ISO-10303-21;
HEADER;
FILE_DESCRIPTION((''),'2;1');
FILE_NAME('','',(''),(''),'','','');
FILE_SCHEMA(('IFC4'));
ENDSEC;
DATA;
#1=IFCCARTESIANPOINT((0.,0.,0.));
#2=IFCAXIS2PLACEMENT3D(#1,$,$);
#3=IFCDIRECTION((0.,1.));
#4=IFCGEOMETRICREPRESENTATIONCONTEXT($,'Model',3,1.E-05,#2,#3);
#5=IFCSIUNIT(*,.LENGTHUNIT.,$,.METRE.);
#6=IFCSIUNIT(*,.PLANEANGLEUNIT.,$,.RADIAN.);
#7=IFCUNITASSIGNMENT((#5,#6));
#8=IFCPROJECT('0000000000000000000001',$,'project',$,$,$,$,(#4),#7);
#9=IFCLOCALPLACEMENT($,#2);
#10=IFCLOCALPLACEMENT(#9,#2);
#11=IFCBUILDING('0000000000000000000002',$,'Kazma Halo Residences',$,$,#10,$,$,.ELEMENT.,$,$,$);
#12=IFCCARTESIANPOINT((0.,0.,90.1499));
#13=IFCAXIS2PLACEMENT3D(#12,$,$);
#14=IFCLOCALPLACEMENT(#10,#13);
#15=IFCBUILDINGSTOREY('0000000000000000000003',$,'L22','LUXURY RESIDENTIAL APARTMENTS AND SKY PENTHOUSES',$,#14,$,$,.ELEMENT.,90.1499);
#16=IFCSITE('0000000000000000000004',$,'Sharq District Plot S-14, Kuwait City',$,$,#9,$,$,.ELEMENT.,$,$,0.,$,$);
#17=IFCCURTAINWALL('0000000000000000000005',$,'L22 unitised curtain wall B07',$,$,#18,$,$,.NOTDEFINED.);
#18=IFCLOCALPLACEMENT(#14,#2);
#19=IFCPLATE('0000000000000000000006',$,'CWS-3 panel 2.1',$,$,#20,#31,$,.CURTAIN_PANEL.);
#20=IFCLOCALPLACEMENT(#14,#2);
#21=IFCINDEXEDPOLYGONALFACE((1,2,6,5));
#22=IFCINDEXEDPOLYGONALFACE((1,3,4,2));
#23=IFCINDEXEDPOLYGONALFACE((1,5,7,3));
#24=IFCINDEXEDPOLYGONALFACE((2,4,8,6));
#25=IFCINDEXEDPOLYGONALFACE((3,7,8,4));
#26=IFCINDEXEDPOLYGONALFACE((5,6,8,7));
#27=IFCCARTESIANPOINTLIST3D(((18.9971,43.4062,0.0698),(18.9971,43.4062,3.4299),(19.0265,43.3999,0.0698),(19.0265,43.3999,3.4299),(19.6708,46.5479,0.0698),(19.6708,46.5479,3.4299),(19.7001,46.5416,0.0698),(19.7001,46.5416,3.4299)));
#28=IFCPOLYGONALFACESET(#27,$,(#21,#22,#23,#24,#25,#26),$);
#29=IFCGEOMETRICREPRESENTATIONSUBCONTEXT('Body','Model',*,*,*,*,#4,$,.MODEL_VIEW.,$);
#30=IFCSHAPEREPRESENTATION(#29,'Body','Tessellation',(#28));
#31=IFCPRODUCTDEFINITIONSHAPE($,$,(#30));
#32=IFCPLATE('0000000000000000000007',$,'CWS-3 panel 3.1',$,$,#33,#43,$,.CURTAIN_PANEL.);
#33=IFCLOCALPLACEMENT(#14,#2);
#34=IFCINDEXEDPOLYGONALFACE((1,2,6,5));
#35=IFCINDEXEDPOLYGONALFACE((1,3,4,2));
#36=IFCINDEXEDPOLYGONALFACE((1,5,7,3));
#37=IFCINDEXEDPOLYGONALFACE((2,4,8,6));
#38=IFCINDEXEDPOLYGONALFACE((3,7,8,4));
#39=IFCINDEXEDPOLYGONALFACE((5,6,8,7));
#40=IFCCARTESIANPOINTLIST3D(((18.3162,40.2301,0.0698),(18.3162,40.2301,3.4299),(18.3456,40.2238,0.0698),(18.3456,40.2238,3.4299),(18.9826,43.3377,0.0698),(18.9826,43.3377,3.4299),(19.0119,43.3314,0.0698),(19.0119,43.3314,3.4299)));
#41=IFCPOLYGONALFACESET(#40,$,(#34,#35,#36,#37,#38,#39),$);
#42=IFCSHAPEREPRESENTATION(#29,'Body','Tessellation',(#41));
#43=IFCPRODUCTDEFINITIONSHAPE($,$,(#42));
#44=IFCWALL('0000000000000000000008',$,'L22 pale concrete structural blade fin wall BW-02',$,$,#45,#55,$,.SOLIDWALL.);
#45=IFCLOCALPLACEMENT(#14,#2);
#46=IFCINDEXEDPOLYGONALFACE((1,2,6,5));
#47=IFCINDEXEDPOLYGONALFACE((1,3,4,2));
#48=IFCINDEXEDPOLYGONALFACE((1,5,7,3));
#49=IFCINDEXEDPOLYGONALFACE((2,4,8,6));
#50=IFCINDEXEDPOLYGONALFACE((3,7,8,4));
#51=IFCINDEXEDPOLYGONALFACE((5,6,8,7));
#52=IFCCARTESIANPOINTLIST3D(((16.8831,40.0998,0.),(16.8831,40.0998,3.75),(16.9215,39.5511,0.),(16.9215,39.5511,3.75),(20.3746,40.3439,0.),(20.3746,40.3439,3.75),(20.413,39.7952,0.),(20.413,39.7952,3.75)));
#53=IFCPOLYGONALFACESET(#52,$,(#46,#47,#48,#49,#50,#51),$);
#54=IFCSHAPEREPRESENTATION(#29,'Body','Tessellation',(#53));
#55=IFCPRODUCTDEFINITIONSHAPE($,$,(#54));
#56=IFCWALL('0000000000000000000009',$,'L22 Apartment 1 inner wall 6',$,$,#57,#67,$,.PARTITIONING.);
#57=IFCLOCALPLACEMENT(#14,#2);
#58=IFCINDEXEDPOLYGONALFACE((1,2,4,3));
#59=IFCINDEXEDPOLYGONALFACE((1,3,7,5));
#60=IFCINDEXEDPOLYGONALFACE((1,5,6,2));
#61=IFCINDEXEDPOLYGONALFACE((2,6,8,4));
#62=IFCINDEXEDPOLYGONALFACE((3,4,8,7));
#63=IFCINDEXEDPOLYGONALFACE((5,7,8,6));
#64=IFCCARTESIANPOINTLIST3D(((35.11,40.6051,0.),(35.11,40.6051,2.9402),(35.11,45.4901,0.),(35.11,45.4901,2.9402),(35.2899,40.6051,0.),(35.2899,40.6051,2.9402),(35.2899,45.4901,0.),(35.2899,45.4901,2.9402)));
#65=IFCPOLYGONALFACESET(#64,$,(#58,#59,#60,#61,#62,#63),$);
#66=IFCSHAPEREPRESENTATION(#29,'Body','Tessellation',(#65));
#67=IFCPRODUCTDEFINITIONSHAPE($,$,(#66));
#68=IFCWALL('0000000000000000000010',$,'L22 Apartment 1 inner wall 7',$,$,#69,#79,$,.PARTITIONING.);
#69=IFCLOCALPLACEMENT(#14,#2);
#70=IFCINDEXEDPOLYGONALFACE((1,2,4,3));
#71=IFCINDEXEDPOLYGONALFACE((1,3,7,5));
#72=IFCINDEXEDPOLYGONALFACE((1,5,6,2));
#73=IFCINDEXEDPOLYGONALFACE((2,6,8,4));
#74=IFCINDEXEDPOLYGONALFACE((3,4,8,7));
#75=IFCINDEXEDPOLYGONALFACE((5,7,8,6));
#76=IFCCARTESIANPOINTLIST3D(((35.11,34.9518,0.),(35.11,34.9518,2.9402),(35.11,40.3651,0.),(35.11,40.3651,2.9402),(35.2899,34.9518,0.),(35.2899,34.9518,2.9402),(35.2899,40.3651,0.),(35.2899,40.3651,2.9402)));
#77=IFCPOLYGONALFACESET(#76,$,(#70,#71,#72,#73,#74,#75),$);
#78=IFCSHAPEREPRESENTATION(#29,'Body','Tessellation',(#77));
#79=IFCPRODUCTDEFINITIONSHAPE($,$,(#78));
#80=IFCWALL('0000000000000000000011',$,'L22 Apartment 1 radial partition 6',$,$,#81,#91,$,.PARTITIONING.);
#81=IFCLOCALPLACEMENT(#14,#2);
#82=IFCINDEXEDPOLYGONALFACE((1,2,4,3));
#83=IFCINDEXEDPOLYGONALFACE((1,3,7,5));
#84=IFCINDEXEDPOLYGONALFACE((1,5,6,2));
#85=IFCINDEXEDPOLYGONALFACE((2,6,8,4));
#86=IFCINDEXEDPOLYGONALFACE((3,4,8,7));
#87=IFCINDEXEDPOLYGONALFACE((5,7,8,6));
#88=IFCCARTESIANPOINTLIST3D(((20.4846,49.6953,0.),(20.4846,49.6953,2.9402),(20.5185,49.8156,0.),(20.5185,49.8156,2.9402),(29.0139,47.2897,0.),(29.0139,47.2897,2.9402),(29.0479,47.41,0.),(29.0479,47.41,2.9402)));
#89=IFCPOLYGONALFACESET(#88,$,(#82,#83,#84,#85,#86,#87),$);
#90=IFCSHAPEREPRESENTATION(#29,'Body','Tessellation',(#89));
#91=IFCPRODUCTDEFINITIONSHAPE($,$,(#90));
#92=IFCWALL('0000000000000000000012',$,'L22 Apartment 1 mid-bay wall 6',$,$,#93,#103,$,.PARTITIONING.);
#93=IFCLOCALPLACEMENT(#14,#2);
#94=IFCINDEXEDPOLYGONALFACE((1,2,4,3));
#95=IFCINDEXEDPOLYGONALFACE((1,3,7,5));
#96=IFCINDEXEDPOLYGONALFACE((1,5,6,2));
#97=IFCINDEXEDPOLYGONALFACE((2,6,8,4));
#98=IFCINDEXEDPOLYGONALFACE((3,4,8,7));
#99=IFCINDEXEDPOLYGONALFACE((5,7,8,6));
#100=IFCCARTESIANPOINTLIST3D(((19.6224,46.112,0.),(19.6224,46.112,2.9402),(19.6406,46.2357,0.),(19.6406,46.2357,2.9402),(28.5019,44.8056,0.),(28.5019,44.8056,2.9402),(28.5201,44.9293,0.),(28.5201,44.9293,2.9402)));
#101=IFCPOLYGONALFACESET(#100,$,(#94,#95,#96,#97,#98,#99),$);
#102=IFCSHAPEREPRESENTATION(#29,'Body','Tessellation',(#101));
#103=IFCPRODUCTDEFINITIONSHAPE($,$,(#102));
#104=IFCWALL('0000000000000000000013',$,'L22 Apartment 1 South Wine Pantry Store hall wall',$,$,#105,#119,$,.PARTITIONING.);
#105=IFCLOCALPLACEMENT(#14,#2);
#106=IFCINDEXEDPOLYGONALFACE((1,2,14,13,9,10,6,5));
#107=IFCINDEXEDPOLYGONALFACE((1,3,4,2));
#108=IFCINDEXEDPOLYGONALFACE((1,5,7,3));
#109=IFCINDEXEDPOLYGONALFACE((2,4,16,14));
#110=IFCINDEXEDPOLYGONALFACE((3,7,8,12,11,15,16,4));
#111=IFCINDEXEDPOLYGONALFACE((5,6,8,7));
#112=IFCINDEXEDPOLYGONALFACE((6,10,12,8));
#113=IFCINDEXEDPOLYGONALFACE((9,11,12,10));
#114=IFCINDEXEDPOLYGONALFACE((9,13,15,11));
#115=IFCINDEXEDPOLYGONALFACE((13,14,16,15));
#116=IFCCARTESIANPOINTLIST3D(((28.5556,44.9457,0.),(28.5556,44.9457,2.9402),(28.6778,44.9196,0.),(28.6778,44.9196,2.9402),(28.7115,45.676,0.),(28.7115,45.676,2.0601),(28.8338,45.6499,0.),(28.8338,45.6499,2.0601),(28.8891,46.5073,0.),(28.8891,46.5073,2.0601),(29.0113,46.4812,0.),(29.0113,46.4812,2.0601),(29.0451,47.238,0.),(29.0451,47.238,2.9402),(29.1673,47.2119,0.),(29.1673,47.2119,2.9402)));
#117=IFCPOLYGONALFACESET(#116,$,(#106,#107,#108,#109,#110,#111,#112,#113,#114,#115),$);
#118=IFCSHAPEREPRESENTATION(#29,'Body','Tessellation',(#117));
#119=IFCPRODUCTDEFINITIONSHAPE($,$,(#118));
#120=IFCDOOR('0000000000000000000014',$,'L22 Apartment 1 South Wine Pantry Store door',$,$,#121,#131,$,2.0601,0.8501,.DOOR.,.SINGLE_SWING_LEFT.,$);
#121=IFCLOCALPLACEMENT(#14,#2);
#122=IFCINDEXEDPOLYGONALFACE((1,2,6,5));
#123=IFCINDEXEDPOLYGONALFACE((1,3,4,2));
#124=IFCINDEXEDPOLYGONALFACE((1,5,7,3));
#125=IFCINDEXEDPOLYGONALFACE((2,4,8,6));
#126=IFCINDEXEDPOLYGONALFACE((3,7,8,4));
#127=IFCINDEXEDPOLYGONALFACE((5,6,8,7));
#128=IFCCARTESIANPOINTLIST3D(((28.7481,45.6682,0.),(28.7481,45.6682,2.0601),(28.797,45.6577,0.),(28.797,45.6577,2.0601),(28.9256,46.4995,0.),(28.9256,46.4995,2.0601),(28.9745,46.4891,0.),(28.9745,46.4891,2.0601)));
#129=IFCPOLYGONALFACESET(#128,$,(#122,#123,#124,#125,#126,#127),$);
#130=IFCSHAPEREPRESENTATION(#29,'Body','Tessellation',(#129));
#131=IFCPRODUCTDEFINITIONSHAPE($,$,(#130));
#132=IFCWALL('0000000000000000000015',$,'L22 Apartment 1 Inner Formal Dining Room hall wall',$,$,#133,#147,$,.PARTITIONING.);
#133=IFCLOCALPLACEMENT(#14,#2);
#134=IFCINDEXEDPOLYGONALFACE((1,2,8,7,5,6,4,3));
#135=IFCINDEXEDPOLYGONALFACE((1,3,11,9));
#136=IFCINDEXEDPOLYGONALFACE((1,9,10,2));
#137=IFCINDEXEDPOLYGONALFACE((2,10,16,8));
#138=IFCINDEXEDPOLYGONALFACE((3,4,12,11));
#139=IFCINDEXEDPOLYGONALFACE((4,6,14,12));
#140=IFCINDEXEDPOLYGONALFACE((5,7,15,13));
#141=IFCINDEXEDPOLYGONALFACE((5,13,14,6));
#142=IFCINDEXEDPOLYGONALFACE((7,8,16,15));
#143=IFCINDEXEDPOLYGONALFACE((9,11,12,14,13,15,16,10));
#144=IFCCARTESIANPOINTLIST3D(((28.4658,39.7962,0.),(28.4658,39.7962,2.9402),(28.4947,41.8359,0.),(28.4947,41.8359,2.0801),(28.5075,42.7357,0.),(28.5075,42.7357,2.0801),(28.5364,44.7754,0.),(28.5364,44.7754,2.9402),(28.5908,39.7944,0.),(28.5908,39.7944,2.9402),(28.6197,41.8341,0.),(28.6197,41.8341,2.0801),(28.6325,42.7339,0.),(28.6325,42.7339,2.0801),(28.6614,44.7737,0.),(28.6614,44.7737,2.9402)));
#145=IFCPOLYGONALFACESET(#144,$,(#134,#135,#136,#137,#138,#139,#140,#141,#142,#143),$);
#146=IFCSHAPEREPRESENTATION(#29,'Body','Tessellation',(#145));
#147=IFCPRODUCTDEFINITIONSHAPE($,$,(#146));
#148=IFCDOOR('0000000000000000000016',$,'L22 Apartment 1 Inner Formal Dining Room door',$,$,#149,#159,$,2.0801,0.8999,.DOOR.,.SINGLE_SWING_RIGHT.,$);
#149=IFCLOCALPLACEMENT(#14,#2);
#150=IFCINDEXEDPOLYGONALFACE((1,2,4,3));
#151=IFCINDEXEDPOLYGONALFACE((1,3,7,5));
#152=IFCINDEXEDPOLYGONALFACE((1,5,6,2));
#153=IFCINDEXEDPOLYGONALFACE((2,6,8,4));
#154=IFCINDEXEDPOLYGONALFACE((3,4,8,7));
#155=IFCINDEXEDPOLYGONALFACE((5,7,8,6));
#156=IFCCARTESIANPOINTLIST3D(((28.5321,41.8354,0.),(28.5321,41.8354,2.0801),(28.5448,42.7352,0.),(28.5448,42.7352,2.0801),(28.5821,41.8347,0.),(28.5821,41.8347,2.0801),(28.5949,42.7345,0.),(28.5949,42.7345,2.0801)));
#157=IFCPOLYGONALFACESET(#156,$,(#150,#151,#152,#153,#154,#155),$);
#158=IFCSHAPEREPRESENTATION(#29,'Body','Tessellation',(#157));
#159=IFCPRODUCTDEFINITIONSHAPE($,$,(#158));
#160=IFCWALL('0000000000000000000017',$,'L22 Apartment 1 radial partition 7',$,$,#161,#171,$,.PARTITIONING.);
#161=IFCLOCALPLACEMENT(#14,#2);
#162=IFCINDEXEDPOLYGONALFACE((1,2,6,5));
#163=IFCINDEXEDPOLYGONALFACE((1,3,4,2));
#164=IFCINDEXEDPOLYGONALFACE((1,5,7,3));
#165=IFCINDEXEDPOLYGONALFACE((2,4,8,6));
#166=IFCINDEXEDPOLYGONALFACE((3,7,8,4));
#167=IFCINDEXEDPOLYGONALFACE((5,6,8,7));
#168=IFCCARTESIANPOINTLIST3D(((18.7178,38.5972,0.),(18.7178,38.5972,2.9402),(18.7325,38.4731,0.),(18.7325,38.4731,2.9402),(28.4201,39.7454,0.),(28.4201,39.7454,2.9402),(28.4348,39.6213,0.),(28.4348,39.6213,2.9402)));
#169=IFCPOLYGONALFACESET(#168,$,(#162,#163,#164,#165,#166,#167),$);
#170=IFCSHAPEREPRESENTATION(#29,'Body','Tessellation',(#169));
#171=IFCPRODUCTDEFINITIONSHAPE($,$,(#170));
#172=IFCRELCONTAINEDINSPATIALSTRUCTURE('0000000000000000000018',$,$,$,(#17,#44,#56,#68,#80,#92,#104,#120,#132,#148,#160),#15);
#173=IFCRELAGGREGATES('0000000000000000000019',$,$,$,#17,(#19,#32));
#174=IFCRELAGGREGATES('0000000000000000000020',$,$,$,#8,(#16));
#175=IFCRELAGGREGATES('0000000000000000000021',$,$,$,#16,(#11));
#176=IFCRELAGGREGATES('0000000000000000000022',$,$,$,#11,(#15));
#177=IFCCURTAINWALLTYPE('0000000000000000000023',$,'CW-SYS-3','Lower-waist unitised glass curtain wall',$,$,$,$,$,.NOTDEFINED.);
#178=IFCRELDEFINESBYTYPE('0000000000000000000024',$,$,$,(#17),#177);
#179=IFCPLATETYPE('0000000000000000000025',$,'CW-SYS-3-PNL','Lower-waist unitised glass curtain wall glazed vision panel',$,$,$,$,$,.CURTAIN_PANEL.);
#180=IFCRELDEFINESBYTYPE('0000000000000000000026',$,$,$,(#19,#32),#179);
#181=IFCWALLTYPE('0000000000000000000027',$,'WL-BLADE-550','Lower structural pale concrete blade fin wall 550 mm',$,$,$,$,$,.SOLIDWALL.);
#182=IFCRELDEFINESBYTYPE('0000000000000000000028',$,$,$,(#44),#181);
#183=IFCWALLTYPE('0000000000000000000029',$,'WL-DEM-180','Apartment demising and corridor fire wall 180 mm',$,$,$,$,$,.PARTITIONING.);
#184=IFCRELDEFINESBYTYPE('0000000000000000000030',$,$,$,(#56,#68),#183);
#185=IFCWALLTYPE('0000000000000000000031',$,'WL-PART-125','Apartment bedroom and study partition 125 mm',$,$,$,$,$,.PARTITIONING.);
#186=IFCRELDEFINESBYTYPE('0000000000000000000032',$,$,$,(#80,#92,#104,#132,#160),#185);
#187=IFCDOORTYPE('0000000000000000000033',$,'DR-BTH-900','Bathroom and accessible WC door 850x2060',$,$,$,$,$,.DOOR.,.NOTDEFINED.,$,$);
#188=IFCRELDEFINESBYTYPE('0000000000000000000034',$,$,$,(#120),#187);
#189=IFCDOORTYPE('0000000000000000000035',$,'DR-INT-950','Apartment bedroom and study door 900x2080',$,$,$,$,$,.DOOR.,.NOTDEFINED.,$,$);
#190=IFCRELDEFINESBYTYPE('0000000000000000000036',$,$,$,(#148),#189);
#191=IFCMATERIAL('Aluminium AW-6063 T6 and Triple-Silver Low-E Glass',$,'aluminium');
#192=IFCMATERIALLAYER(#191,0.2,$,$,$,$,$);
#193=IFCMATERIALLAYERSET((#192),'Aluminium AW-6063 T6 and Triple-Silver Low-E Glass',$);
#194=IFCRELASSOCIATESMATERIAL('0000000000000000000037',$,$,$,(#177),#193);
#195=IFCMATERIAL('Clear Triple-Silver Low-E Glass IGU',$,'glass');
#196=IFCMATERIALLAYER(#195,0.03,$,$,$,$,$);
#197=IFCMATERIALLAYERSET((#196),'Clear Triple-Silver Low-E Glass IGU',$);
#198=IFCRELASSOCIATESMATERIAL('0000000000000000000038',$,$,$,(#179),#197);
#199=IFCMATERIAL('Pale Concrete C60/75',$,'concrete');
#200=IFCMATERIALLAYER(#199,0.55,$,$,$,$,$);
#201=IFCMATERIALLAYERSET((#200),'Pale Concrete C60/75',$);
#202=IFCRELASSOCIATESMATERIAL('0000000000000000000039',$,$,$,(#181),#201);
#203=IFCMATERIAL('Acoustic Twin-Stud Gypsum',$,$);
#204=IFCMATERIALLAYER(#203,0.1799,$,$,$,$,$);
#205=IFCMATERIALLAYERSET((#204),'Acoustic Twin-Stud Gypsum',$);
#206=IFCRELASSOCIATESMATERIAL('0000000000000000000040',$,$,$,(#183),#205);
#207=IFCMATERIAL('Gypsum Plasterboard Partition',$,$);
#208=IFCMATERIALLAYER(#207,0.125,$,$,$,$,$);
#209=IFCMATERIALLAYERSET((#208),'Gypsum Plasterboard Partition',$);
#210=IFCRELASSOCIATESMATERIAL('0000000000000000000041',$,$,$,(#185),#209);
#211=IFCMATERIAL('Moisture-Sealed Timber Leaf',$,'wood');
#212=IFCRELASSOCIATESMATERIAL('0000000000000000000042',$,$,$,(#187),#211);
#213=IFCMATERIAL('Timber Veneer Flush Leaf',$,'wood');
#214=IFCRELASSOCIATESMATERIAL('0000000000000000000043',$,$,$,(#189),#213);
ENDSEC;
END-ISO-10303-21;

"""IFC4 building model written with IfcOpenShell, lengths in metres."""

from ifc_helpers import new_model, si_unit, direction, frame, frame_2d, origin, origin_2d, place, context, subcontext, project, spatial, rectangle, extrude, material, layer, layer_set, type_object, element, fill, aggregate, save


model = new_model("IFC4")

# Units and contexts
model_context = context("Model", 3, precision=1e-05, world=origin(), true_north=direction((0.0, 1.0)))
body_context = subcontext(model_context, "Body", "Model", "MODEL_VIEW")
ifc_project = project(units=[si_unit("LENGTHUNIT", "METRE"), si_unit("PLANEANGLEUNIT", "RADIAN")], contexts=[model_context])

# Site, building, storey
site_placement = place(None, origin())
site = spatial("IfcSite", under=ifc_project, at=site_placement, Name="Sharq District Plot S-14, Kuwait City", CompositionType="ELEMENT", RefElevation=0.0)
building_placement = place(site_placement, origin())
building = spatial("IfcBuilding", under=site, at=building_placement, Name="Kazma Halo Residences", CompositionType="ELEMENT")
storey_placement = place(building_placement, frame((0.0, 0.0, 90.1499)))
storey = spatial("IfcBuildingStorey", under=building, at=storey_placement, Name="L22", Description="LUXURY RESIDENTIAL APARTMENTS AND SKY PENTHOUSES", CompositionType="ELEMENT", Elevation=90.1499)

# Curtain wall
ifc_material_1 = material(Name="Aluminium AW-6063 T6 and Triple-Silver Low-E Glass", Category="aluminium")
ifc_layer_1 = layer(ifc_material_1, 0.2)
ifc_layer_set_1 = layer_set([ifc_layer_1], Name="Aluminium AW-6063 T6 and Triple-Silver Low-E Glass")
curtain_wall_type = type_object("IfcCurtainWallType", Name="CW-SYS-3", Description="Lower-waist unitised glass curtain wall", PredefinedType="NOTDEFINED", material=ifc_layer_set_1)
curtain_wall_1_placement = place(storey_placement, origin())
curtain_wall_1 = element("IfcCurtainWall", 1, at=curtain_wall_1_placement, inside=storey, type_object=curtain_wall_type, Name="L22 unitised curtain wall B07", PredefinedType="NOTDEFINED")

# Plates
ifc_material_2 = material(Name="Clear Triple-Silver Low-E Glass IGU", Category="glass")
ifc_layer_2 = layer(ifc_material_2, 0.03)
ifc_layer_set_2 = layer_set([ifc_layer_2], Name="Clear Triple-Silver Low-E Glass IGU")
plate_type = type_object("IfcPlateType", Name="CW-SYS-3-PNL", Description="Lower-waist unitised glass curtain wall glazed vision panel", PredefinedType="CURTAIN_PANEL", material=ifc_layer_set_2)
plate_1_placement = place(storey_placement, frame((19.3486, 44.9739, 0.0698), z_axis=(0.0, 0.0, 1.0), x_axis=(-0.209661, -0.977774, 0.0)))
plate_1 = element("IfcPlate", 2, at=plate_1_placement, type_object=plate_type, Name="CWS-3 panel 2.1", PredefinedType="CURTAIN_PANEL", context=body_context, shape_type="SweptSolid", body=[
    extrude(rectangle(XDim=3.2131, YDim=0.03, at=origin_2d()), origin(), (0.0, 0.0, 1.0), 3.3601),
])
plate_2_placement = place(storey_placement, frame((18.6641, 41.7808, 0.0698), z_axis=(0.0, 0.0, 1.0), x_axis=(-0.209661, -0.977774, 0.0)))
plate_2 = element("IfcPlate", 3, at=plate_2_placement, type_object=plate_type, Name="CWS-3 panel 3.1", PredefinedType="CURTAIN_PANEL", context=body_context, shape_type="SweptSolid", body=[
    extrude(rectangle(XDim=3.1782, YDim=0.03, at=origin_2d()), origin(), (0.0, 0.0, 1.0), 3.3601),
])
aggregate(curtain_wall_1, [plate_1, plate_2])

# Walls
ifc_material_3 = material(Name="Pale Concrete C60/75", Category="concrete")
ifc_layer_3 = layer(ifc_material_3, 0.55)
ifc_layer_set_3 = layer_set([ifc_layer_3], Name="Pale Concrete C60/75")
wall_type_1 = type_object("IfcWallType", Name="WL-BLADE-550", Description="Lower structural pale concrete blade fin wall 550 mm", PredefinedType="SOLIDWALL", material=ifc_layer_set_3)
wall_1_placement = place(storey_placement, frame((20.3938, 40.0696, 0.0), z_axis=(0.0, 0.0, 1.0), x_axis=(-0.997564, -0.069755, 0.0)))
element("IfcWall", 4, at=wall_1_placement, inside=storey, type_object=wall_type_1, Name="L22 pale concrete structural blade fin wall BW-02", PredefinedType="SOLIDWALL", context=body_context, shape_type="SweptSolid", body=[
    extrude(rectangle(XDim=3.5, YDim=0.55, at=frame_2d((1.75, 0.0))), origin(), (0.0, 0.0, 1.0), 3.75),
])
ifc_material_4 = material(Name="Acoustic Twin-Stud Gypsum")
ifc_layer_4 = layer(ifc_material_4, 0.1799)
ifc_layer_set_4 = layer_set([ifc_layer_4], Name="Acoustic Twin-Stud Gypsum")
wall_type_2 = type_object("IfcWallType", Name="WL-DEM-180", Description="Apartment demising and corridor fire wall 180 mm", PredefinedType="PARTITIONING", material=ifc_layer_set_4)
wall_2_placement = place(storey_placement, frame((35.2, 45.49, 0.0), z_axis=(0.0, 0.0, 1.0), x_axis=(0.0, -1.0, 0.0)))
element("IfcWall", 5, at=wall_2_placement, inside=storey, type_object=wall_type_2, Name="L22 Apartment 1 inner wall 6", PredefinedType="PARTITIONING", context=body_context, shape_type="SweptSolid", body=[
    extrude(rectangle(XDim=4.885, YDim=0.1799, at=frame_2d((2.4424, 0.0))), origin(), (0.0, 0.0, 1.0), 2.9402),
])
wall_3_placement = place(storey_placement, frame((35.2, 40.365, 0.0), z_axis=(0.0, 0.0, 1.0), x_axis=(0.0, -1.0, 0.0)))
element("IfcWall", 6, at=wall_3_placement, inside=storey, type_object=wall_type_2, Name="L22 Apartment 1 inner wall 7", PredefinedType="PARTITIONING", context=body_context, shape_type="SweptSolid", body=[
    extrude(rectangle(XDim=5.4133, YDim=0.1799, at=frame_2d((2.7065, 0.0))), origin(), (0.0, 0.0, 1.0), 2.9402),
])
ifc_material_5 = material(Name="Gypsum Plasterboard Partition")
ifc_layer_5 = layer(ifc_material_5, 0.125)
ifc_layer_set_5 = layer_set([ifc_layer_5], Name="Gypsum Plasterboard Partition")
wall_type_3 = type_object("IfcWallType", Name="WL-PART-125", Description="Apartment bedroom and study partition 125 mm", PredefinedType="PARTITIONING", material=ifc_layer_set_5)
wall_4_placement = place(storey_placement, frame((29.031, 47.3499, 0.0), z_axis=(0.0, 0.0, 1.0), x_axis=(-0.962455, 0.271441, 0.0)))
element("IfcWall", 7, at=wall_4_placement, inside=storey, type_object=wall_type_3, Name="L22 Apartment 1 radial partition 6", PredefinedType="PARTITIONING", context=body_context, shape_type="SweptSolid", body=[
    extrude(rectangle(XDim=8.8621, YDim=0.125, at=frame_2d((4.4312, 0.0))), origin(), (0.0, 0.0, 1.0), 2.9402),
])
wall_5_placement = place(storey_placement, frame((28.511, 44.8674, 0.0), z_axis=(0.0, 0.0, 1.0), x_axis=(-0.989349, 0.14556, 0.0)))
element("IfcWall", 8, at=wall_5_placement, inside=storey, type_object=wall_type_3, Name="L22 Apartment 1 mid-bay wall 6", PredefinedType="PARTITIONING", context=body_context, shape_type="SweptSolid", body=[
    extrude(rectangle(XDim=8.9751, YDim=0.125, at=frame_2d((4.4875, 0.0))), origin(), (0.0, 0.0, 1.0), 2.9402),
])

# Walls, openings, doors
wall_6_placement = place(storey_placement, frame((29.1062, 47.2249, 0.0), z_axis=(0.0, 0.0, 1.0), x_axis=(-0.208839, -0.97795, 0.0)))
wall_6 = element("IfcWall", 9, at=wall_6_placement, inside=storey, type_object=wall_type_3, Name="L22 Apartment 1 South Wine Pantry Store hall wall", PredefinedType="PARTITIONING", context=body_context, shape_type="SweptSolid", body=[
    extrude(rectangle(XDim=2.344, YDim=0.125, at=frame_2d((1.1719, 0.0))), origin(), (0.0, 0.0, 1.0), 2.9402),
])
opening_1_placement = place(wall_6_placement, frame((0.7471, 0.0, 0.0)))
opening_1 = element("IfcOpeningElement", 10, at=opening_1_placement, cuts=wall_6, PredefinedType="OPENING", context=body_context, shape_type="SweptSolid", body=[
    extrude(rectangle(XDim=0.8501, YDim=2.0601, at=frame_2d((0.425, 1.03))), frame((0.0, 0.0725, 0.0), z_axis=(0.0, -1.0, 0.0), x_axis=(1.0, 0.0, 0.0)), (0.0, 0.0, 1.0), 0.145),
])
ifc_material_6 = material(Name="Moisture-Sealed Timber Leaf", Category="wood")
door_type_1 = type_object("IfcDoorType", Name="DR-BTH-900", Description="Bathroom and accessible WC door 850x2060", OperationType="NOTDEFINED", PredefinedType="DOOR", material=ifc_material_6)
door_1_placement = place(opening_1_placement, origin())
door_1 = element("IfcDoor", 11, at=door_1_placement, inside=storey, type_object=door_type_1, Name="L22 Apartment 1 South Wine Pantry Store door", OperationType="SINGLE_SWING_LEFT", OverallHeight=2.0601, OverallWidth=0.8501, PredefinedType="DOOR", context=body_context, shape_type="SweptSolid", body=[
    extrude(rectangle(XDim=0.8501, YDim=2.0601, at=frame_2d((0.425, 1.03))), frame((0.0, 0.0249, 0.0), z_axis=(0.0, -1.0, 0.0), x_axis=(1.0, 0.0, 0.0)), (0.0, 0.0, 1.0), 0.05),
])
fill(opening_1, door_1)
wall_7_placement = place(storey_placement, frame((28.5989, 44.7744, 0.0), z_axis=(0.0, 0.0, 1.0), x_axis=(-0.014169, -0.9999, 0.0)))
wall_7 = element("IfcWall", 12, at=wall_7_placement, inside=storey, type_object=wall_type_3, Name="L22 Apartment 1 Inner Formal Dining Room hall wall", PredefinedType="PARTITIONING", context=body_context, shape_type="SweptSolid", body=[
    extrude(rectangle(XDim=4.9797, YDim=0.125, at=frame_2d((2.4897, 0.0))), origin(), (0.0, 0.0, 1.0), 2.9402),
])
opening_2_placement = place(wall_7_placement, frame((2.0398, 0.0, 0.0)))
opening_2 = element("IfcOpeningElement", 13, at=opening_2_placement, cuts=wall_7, PredefinedType="OPENING", context=body_context, shape_type="SweptSolid", body=[
    extrude(rectangle(XDim=0.8999, YDim=2.0801, at=frame_2d((0.45, 1.04))), frame((0.0, 0.0725, 0.0), z_axis=(0.0, -1.0, 0.0), x_axis=(1.0, 0.0, 0.0)), (0.0, 0.0, 1.0), 0.145),
])
ifc_material_7 = material(Name="Timber Veneer Flush Leaf", Category="wood")
door_type_2 = type_object("IfcDoorType", Name="DR-INT-950", Description="Apartment bedroom and study door 900x2080", OperationType="NOTDEFINED", PredefinedType="DOOR", material=ifc_material_7)
door_2_placement = place(opening_2_placement, origin())
door_2 = element("IfcDoor", 14, at=door_2_placement, inside=storey, type_object=door_type_2, Name="L22 Apartment 1 Inner Formal Dining Room door", OperationType="SINGLE_SWING_RIGHT", OverallHeight=2.0801, OverallWidth=0.8999, PredefinedType="DOOR", context=body_context, shape_type="SweptSolid", body=[
    extrude(rectangle(XDim=0.8999, YDim=2.0801, at=frame_2d((0.45, 1.04))), frame((0.0, 0.0249, 0.0), z_axis=(0.0, -1.0, 0.0), x_axis=(1.0, 0.0, 0.0)), (0.0, 0.0, 1.0), 0.05),
])
fill(opening_2, door_2)

# Wall
wall_8_placement = place(storey_placement, frame((28.4275, 39.6833, 0.0), z_axis=(0.0, 0.0, 1.0), x_axis=(-0.99307, -0.117521, 0.0)))
element("IfcWall", 15, at=wall_8_placement, inside=storey, type_object=wall_type_3, Name="L22 Apartment 1 radial partition 7", PredefinedType="PARTITIONING", context=body_context, shape_type="SweptSolid", body=[
    extrude(rectangle(XDim=9.77, YDim=0.125, at=frame_2d((4.885, 0.0))), origin(), (0.0, 0.0, 1.0), 2.9402),
])

save(model, "model.ifc")
